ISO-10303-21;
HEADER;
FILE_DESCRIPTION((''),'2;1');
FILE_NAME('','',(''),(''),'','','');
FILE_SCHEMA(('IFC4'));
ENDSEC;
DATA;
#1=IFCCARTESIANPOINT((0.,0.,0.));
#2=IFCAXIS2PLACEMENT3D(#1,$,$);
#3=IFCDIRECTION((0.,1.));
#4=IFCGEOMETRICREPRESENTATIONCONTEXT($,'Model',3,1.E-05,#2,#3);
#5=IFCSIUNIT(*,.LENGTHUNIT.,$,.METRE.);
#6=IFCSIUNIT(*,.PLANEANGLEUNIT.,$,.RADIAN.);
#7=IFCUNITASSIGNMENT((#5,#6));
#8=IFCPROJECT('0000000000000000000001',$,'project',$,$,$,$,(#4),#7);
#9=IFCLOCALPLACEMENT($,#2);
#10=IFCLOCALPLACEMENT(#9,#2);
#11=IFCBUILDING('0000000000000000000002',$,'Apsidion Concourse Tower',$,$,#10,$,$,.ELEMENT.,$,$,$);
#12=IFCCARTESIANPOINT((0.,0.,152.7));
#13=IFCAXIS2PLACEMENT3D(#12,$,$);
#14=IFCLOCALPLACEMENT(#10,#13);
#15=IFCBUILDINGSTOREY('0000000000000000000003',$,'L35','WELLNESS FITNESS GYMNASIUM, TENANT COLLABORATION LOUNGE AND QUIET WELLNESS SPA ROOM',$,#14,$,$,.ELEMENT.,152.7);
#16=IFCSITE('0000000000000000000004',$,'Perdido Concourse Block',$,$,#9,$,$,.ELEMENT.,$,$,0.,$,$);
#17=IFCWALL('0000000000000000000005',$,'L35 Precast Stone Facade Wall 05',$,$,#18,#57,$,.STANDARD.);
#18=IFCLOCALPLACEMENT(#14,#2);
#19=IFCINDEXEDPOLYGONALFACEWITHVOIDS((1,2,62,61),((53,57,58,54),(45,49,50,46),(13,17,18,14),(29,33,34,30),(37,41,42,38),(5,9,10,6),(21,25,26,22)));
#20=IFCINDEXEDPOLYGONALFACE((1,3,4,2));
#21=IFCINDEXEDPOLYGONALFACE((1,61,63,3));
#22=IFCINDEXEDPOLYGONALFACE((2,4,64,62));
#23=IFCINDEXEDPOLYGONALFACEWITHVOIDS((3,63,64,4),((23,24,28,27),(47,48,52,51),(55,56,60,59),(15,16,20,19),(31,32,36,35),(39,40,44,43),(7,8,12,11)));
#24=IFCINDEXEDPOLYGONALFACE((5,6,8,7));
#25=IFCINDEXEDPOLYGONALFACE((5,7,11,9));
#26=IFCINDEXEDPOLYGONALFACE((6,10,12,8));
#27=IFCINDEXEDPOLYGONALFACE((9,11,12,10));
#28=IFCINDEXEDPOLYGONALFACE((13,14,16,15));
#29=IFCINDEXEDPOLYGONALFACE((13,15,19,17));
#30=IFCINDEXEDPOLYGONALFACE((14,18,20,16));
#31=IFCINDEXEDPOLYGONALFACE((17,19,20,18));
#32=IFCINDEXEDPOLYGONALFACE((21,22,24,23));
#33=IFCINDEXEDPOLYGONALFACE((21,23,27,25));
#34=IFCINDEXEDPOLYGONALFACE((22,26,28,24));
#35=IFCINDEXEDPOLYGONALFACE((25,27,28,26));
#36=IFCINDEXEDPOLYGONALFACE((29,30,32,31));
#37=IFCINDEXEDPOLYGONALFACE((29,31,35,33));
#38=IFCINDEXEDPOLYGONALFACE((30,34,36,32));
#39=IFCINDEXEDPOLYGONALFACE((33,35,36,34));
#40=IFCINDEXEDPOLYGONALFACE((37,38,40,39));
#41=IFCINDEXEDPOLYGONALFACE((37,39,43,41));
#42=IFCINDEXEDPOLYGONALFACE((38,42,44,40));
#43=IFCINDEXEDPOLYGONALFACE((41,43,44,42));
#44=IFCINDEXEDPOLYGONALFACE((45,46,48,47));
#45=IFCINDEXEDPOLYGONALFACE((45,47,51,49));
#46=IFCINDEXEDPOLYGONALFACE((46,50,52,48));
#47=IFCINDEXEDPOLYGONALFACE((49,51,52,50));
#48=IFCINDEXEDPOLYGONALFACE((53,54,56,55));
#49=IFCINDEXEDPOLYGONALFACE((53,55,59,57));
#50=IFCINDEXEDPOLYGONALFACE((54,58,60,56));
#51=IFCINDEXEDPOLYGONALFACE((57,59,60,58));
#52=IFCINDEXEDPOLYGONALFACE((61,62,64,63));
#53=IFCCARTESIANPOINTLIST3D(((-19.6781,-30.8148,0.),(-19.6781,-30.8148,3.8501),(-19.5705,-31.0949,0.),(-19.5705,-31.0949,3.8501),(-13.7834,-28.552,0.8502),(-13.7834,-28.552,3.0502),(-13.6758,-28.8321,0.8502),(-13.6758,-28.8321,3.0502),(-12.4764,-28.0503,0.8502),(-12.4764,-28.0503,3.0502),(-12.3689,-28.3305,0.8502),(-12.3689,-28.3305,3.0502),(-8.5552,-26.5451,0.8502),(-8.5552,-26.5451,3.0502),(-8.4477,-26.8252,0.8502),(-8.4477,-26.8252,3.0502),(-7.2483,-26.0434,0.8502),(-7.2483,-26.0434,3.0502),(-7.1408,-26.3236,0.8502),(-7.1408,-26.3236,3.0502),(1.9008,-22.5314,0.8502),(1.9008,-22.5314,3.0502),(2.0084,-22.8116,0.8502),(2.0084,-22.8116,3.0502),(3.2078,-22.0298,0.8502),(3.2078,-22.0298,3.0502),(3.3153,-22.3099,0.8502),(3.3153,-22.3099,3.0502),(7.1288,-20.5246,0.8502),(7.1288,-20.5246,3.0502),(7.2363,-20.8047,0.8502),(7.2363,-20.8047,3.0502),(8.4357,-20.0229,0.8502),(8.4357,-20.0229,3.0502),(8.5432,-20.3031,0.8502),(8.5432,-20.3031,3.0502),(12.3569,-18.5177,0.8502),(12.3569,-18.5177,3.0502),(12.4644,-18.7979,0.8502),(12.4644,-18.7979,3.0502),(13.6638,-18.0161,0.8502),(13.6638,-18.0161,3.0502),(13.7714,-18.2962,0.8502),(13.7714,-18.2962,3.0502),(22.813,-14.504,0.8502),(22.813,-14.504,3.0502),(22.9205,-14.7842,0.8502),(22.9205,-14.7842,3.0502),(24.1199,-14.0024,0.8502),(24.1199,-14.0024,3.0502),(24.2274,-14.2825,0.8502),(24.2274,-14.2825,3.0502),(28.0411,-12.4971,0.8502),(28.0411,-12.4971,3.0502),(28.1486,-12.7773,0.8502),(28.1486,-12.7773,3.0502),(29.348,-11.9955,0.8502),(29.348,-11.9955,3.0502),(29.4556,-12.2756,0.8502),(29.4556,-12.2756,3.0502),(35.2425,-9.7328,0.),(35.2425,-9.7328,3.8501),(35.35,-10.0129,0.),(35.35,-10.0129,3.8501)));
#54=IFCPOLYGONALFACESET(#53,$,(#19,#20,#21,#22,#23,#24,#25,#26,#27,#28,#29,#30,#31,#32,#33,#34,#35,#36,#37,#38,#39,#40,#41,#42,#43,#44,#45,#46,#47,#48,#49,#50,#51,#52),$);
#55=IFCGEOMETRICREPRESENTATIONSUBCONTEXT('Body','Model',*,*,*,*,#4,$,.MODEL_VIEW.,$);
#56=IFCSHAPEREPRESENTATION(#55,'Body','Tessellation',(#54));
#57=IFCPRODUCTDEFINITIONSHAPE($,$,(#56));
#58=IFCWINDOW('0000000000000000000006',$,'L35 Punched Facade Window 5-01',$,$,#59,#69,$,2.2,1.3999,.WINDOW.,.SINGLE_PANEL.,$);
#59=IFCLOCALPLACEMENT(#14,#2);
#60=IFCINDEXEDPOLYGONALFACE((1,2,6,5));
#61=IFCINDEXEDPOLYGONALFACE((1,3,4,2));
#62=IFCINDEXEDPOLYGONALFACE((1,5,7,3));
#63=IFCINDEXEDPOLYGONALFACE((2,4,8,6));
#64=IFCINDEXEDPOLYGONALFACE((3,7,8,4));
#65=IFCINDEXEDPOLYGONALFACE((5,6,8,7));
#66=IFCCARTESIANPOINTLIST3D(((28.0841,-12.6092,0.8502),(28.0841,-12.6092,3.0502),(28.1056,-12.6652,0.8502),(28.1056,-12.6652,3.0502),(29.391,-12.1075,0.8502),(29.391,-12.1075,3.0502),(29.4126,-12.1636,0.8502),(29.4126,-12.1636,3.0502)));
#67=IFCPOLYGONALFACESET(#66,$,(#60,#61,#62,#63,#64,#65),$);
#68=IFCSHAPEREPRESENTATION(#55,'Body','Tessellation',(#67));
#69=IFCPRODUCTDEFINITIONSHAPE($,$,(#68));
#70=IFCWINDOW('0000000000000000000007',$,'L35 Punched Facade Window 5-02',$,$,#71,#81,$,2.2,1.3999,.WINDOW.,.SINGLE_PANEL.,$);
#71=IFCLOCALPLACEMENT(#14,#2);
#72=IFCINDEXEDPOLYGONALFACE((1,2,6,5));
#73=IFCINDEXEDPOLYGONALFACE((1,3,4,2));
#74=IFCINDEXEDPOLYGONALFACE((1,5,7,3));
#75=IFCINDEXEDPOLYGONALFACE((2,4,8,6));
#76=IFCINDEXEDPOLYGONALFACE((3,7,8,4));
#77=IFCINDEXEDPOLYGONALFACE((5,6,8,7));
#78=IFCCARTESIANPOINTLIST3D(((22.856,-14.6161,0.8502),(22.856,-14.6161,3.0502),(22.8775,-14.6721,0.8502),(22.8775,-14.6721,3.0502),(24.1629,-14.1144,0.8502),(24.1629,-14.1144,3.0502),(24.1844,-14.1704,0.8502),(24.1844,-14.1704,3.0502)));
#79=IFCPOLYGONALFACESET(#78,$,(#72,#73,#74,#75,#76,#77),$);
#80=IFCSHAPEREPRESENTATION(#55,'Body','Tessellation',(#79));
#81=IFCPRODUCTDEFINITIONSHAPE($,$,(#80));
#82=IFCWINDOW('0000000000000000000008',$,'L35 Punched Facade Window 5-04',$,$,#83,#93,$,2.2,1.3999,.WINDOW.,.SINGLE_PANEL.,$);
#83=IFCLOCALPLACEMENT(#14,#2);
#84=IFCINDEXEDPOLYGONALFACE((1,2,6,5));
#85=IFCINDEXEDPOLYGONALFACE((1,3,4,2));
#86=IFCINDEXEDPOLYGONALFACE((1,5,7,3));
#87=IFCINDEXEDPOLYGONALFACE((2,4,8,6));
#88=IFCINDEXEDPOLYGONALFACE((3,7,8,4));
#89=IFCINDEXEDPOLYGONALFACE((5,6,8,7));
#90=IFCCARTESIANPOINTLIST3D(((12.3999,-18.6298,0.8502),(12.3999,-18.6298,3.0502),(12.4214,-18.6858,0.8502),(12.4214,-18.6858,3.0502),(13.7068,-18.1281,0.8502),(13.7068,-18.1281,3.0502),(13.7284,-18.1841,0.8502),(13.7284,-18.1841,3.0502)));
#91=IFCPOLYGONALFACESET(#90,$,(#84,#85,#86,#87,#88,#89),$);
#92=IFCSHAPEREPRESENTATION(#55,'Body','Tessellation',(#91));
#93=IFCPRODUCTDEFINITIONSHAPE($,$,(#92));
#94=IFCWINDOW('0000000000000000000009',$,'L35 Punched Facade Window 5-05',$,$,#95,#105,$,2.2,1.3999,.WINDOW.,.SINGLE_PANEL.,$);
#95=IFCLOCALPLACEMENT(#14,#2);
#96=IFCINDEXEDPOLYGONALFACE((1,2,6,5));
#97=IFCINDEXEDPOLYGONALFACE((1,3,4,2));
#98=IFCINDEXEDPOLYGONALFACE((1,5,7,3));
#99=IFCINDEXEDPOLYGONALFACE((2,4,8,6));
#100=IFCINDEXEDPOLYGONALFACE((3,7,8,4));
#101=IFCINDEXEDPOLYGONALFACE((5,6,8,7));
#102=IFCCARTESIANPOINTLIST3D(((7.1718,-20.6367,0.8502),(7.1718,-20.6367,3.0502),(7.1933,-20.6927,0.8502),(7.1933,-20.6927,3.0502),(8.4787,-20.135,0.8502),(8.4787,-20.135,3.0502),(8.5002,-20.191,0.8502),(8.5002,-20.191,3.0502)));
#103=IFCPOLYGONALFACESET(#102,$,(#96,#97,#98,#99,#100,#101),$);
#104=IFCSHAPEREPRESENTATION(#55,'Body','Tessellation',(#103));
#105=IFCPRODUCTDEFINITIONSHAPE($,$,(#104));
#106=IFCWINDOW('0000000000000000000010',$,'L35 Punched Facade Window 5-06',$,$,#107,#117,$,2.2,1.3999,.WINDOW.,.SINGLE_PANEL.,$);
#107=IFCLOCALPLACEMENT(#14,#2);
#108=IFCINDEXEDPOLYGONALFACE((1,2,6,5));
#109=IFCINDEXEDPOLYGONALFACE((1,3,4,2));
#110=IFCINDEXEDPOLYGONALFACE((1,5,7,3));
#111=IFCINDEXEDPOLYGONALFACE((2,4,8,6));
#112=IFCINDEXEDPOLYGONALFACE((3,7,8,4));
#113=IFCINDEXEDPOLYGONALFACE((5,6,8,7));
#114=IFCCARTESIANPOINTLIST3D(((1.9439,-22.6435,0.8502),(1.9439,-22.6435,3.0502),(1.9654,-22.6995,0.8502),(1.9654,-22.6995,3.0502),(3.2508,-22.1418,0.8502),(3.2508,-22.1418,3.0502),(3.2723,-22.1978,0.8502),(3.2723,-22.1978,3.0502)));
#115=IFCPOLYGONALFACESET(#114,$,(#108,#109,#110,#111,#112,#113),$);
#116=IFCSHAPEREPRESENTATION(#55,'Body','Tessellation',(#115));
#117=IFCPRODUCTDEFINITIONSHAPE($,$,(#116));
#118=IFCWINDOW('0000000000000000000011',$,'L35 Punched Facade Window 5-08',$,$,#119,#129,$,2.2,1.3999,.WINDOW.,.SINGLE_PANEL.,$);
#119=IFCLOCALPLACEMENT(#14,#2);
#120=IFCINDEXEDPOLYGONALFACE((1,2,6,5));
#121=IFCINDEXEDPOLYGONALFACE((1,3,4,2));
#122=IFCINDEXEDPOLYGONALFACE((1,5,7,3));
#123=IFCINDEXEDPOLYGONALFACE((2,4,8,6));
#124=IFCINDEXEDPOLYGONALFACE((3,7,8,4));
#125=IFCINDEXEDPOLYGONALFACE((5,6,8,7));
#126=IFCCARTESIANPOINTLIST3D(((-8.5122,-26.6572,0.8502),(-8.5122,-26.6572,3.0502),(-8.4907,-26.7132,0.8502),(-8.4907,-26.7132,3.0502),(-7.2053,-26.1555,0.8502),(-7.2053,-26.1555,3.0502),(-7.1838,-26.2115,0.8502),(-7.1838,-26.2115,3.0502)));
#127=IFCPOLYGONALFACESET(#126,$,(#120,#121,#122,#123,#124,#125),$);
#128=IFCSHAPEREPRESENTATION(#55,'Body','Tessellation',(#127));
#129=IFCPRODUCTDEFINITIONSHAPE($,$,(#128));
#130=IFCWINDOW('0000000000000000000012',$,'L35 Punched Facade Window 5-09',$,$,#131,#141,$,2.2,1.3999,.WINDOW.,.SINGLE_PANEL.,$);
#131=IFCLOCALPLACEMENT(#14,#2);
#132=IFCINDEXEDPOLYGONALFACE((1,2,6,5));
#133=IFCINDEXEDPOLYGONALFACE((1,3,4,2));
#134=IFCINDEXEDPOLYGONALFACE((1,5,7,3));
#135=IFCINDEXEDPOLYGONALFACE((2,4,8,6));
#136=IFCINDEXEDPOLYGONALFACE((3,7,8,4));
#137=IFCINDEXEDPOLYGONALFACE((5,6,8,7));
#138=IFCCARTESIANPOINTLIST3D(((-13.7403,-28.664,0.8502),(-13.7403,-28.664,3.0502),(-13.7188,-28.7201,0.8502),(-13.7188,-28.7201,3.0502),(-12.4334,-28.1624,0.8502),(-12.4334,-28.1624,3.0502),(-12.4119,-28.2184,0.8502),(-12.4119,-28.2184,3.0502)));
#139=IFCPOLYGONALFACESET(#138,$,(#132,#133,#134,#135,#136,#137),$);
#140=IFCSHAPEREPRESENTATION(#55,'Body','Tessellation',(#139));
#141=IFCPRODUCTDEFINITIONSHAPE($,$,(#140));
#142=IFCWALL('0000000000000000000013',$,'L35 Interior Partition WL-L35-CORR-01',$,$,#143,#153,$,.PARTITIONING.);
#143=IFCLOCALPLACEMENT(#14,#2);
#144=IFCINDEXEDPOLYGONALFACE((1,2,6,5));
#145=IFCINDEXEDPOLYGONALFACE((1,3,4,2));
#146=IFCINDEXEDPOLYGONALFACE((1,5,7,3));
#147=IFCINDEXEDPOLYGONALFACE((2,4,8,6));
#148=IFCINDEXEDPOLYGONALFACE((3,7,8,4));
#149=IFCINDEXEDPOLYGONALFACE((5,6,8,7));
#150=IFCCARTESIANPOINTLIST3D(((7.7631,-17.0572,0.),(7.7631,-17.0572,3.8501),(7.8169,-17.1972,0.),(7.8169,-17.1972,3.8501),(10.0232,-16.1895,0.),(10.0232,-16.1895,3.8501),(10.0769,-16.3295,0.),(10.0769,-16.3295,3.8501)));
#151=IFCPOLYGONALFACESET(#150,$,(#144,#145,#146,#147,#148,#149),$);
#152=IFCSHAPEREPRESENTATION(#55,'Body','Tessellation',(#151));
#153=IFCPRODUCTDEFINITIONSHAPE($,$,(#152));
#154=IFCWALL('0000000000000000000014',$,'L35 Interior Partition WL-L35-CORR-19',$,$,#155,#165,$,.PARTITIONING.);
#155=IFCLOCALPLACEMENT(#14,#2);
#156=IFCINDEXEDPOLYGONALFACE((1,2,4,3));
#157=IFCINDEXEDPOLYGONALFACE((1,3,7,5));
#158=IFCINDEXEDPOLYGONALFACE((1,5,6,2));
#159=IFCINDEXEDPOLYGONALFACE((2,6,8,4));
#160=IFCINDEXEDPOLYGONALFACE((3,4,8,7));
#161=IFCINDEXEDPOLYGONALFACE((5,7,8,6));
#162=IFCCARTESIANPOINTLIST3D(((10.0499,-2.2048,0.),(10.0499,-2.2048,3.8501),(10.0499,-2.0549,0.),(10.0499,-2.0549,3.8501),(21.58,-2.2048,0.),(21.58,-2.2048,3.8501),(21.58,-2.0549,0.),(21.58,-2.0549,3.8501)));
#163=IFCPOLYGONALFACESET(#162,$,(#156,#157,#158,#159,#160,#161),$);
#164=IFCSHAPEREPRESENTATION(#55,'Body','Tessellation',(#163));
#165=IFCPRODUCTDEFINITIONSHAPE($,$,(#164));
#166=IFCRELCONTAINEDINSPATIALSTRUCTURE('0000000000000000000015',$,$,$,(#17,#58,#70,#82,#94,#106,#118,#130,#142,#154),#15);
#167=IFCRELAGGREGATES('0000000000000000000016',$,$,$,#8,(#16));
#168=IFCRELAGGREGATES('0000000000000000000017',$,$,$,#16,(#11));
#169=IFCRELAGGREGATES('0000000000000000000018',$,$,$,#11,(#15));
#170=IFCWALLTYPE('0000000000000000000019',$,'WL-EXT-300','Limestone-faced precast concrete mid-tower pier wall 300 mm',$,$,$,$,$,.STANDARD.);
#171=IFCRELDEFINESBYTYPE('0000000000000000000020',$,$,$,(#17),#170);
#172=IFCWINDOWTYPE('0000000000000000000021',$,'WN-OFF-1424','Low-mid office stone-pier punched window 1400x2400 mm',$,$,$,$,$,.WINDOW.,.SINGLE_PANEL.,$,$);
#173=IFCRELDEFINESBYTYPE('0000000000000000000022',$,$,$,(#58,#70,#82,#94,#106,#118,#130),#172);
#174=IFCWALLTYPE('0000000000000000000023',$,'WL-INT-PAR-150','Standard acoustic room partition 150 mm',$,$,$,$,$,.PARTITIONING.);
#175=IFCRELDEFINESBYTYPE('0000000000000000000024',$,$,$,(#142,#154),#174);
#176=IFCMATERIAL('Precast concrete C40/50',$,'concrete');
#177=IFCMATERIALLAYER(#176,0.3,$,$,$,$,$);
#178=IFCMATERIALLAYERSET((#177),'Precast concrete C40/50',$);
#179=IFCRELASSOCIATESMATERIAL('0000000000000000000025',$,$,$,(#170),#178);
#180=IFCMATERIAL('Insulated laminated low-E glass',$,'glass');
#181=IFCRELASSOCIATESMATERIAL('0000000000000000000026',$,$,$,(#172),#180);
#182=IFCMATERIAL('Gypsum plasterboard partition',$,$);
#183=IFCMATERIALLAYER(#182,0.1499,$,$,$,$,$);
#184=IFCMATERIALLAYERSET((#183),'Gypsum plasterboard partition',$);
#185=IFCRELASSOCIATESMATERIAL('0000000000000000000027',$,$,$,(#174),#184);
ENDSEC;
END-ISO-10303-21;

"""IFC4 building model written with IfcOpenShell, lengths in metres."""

from ifc_helpers import new_model, si_unit, direction, frame, frame_2d, origin, place, context, subcontext, project, spatial, rectangle, extrude, material, layer, layer_set, type_object, element, fill, save


model = new_model("IFC4")

# Units and contexts
model_context = context("Model", 3, precision=1e-05, world=origin(), true_north=direction((0.0, 1.0)))
body_context = subcontext(model_context, "Body", "Model", "MODEL_VIEW")
ifc_project = project(units=[si_unit("LENGTHUNIT", "METRE"), si_unit("PLANEANGLEUNIT", "RADIAN")], contexts=[model_context])

# Site, building, storey
site_placement = place(None, origin())
site = spatial("IfcSite", under=ifc_project, at=site_placement, Name="Perdido Concourse Block", CompositionType="ELEMENT", RefElevation=0.0)
building_placement = place(site_placement, origin())
building = spatial("IfcBuilding", under=site, at=building_placement, Name="Apsidion Concourse Tower", CompositionType="ELEMENT")
storey_placement = place(building_placement, frame((0.0, 0.0, 152.7)))
storey = spatial("IfcBuildingStorey", under=building, at=storey_placement, Name="L35", Description="WELLNESS FITNESS GYMNASIUM, TENANT COLLABORATION LOUNGE AND QUIET WELLNESS SPA ROOM", CompositionType="ELEMENT", Elevation=152.7)

# Shared definitions
ifc_material_1 = material(Name="Precast concrete C40/50", Category="concrete")
ifc_layer_1 = layer(ifc_material_1, 0.3)
ifc_layer_set_1 = layer_set([ifc_layer_1], Name="Precast concrete C40/50")
wall_type_1 = type_object("IfcWallType", Name="WL-EXT-300", Description="Limestone-faced precast concrete mid-tower pier wall 300 mm", PredefinedType="STANDARD", material=ifc_layer_set_1)

# Wall, openings, windows
wall_1_placement = place(storey_placement, frame((35.2964, -9.8728, 0.0), z_axis=(0.0, 0.0, 1.0), x_axis=(-0.933581, -0.358367, 0.0)))
wall_1 = element("IfcWall", 1, at=wall_1_placement, inside=storey, type_object=wall_type_1, Name="L35 Precast Stone Facade Wall 05", PredefinedType="STANDARD", context=body_context, shape_type="SweptSolid", body=[
    extrude(rectangle(XDim=58.8279, YDim=0.3, at=frame_2d((29.4141, 0.0))), origin(), (0.0, 0.0, 1.0), 3.8501),
])
opening_1_placement = place(wall_1_placement, frame((6.314, 0.0, 0.8501)))
opening_1 = element("IfcOpeningElement", 2, at=opening_1_placement, cuts=wall_1, PredefinedType="OPENING", context=body_context, shape_type="SweptSolid", body=[
    extrude(rectangle(XDim=1.3999, YDim=2.2, at=frame_2d((0.7, 1.1001))), frame((0.0, 0.1602, 0.0), z_axis=(0.0, -1.0, 0.0), x_axis=(1.0, 0.0, 0.0)), (0.0, 0.0, 1.0), 0.3201),
])
opening_2_placement = place(wall_1_placement, frame((11.9141, 0.0, 0.8501)))
opening_2 = element("IfcOpeningElement", 3, at=opening_2_placement, cuts=wall_1, PredefinedType="OPENING", context=body_context, shape_type="SweptSolid", body=[
    extrude(rectangle(XDim=1.3999, YDim=2.2, at=frame_2d((0.7, 1.1001))), frame((0.0, 0.1602, 0.0), z_axis=(0.0, -1.0, 0.0), x_axis=(1.0, 0.0, 0.0)), (0.0, 0.0, 1.0), 0.3201),
])
opening_3_placement = place(wall_1_placement, frame((23.114, 0.0, 0.8501)))
opening_3 = element("IfcOpeningElement", 4, at=opening_3_placement, cuts=wall_1, PredefinedType="OPENING", context=body_context, shape_type="SweptSolid", body=[
    extrude(rectangle(XDim=1.3999, YDim=2.2, at=frame_2d((0.7, 1.1001))), frame((0.0, 0.1602, 0.0), z_axis=(0.0, -1.0, 0.0), x_axis=(1.0, 0.0, 0.0)), (0.0, 0.0, 1.0), 0.3201),
])
opening_4_placement = place(wall_1_placement, frame((28.7141, 0.0, 0.8501)))
opening_4 = element("IfcOpeningElement", 5, at=opening_4_placement, cuts=wall_1, PredefinedType="OPENING", context=body_context, shape_type="SweptSolid", body=[
    extrude(rectangle(XDim=1.3999, YDim=2.2, at=frame_2d((0.7, 1.1001))), frame((0.0, 0.1602, 0.0), z_axis=(0.0, -1.0, 0.0), x_axis=(1.0, 0.0, 0.0)), (0.0, 0.0, 1.0), 0.3201),
])
opening_5_placement = place(wall_1_placement, frame((34.314, 0.0, 0.8501)))
opening_5 = element("IfcOpeningElement", 6, at=opening_5_placement, cuts=wall_1, PredefinedType="OPENING", context=body_context, shape_type="SweptSolid", body=[
    extrude(rectangle(XDim=1.3999, YDim=2.2, at=frame_2d((0.7, 1.1001))), frame((0.0, 0.1602, 0.0), z_axis=(0.0, -1.0, 0.0), x_axis=(1.0, 0.0, 0.0)), (0.0, 0.0, 1.0), 0.3201),
])
opening_6_placement = place(wall_1_placement, frame((45.5139, 0.0, 0.8501)))
opening_6 = element("IfcOpeningElement", 7, at=opening_6_placement, cuts=wall_1, PredefinedType="OPENING", context=body_context, shape_type="SweptSolid", body=[
    extrude(rectangle(XDim=1.3999, YDim=2.2, at=frame_2d((0.7, 1.1001))), frame((0.0, 0.1602, 0.0), z_axis=(0.0, -1.0, 0.0), x_axis=(1.0, 0.0, 0.0)), (0.0, 0.0, 1.0), 0.3201),
])
opening_7_placement = place(wall_1_placement, frame((51.114, 0.0, 0.8501)))
opening_7 = element("IfcOpeningElement", 8, at=opening_7_placement, cuts=wall_1, PredefinedType="OPENING", context=body_context, shape_type="SweptSolid", body=[
    extrude(rectangle(XDim=1.3999, YDim=2.2, at=frame_2d((0.7, 1.1001))), frame((0.0, 0.1602, 0.0), z_axis=(0.0, -1.0, 0.0), x_axis=(1.0, 0.0, 0.0)), (0.0, 0.0, 1.0), 0.3201),
])
ifc_material_2 = material(Name="Insulated laminated low-E glass", Category="glass")
window_type = type_object("IfcWindowType", Name="WN-OFF-1424", Description="Low-mid office stone-pier punched window 1400x2400 mm", PartitioningType="SINGLE_PANEL", PredefinedType="WINDOW", material=ifc_material_2)
window_1_placement = place(opening_1_placement, origin())
window_1 = element("IfcWindow", 9, at=window_1_placement, inside=storey, type_object=window_type, Name="L35 Punched Facade Window 5-01", OverallHeight=2.2, OverallWidth=1.3999, PartitioningType="SINGLE_PANEL", PredefinedType="WINDOW", context=body_context, shape_type="SweptSolid", body=[
    extrude(rectangle(XDim=1.3999, YDim=2.2, at=frame_2d((0.7, 1.1001))), frame((0.0, 0.03, 0.0), z_axis=(0.0, -1.0, 0.0), x_axis=(1.0, 0.0, 0.0)), (0.0, 0.0, 1.0), 0.0601),
])
fill(opening_1, window_1)
window_2_placement = place(opening_2_placement, origin())
window_2 = element("IfcWindow", 10, at=window_2_placement, inside=storey, type_object=window_type, Name="L35 Punched Facade Window 5-02", OverallHeight=2.2, OverallWidth=1.3999, PartitioningType="SINGLE_PANEL", PredefinedType="WINDOW", context=body_context, shape_type="SweptSolid", body=[
    extrude(rectangle(XDim=1.3999, YDim=2.2, at=frame_2d((0.7, 1.1001))), frame((0.0, 0.03, 0.0), z_axis=(0.0, -1.0, 0.0), x_axis=(1.0, 0.0, 0.0)), (0.0, 0.0, 1.0), 0.0601),
])
fill(opening_2, window_2)
window_3_placement = place(opening_3_placement, origin())
window_3 = element("IfcWindow", 11, at=window_3_placement, inside=storey, type_object=window_type, Name="L35 Punched Facade Window 5-04", OverallHeight=2.2, OverallWidth=1.3999, PartitioningType="SINGLE_PANEL", PredefinedType="WINDOW", context=body_context, shape_type="SweptSolid", body=[
    extrude(rectangle(XDim=1.3999, YDim=2.2, at=frame_2d((0.7, 1.1001))), frame((0.0, 0.03, 0.0), z_axis=(0.0, -1.0, 0.0), x_axis=(1.0, 0.0, 0.0)), (0.0, 0.0, 1.0), 0.0601),
])
fill(opening_3, window_3)
window_4_placement = place(opening_4_placement, origin())
window_4 = element("IfcWindow", 12, at=window_4_placement, inside=storey, type_object=window_type, Name="L35 Punched Facade Window 5-05", OverallHeight=2.2, OverallWidth=1.3999, PartitioningType="SINGLE_PANEL", PredefinedType="WINDOW", context=body_context, shape_type="SweptSolid", body=[
    extrude(rectangle(XDim=1.3999, YDim=2.2, at=frame_2d((0.7, 1.1001))), frame((0.0, 0.03, 0.0), z_axis=(0.0, -1.0, 0.0), x_axis=(1.0, 0.0, 0.0)), (0.0, 0.0, 1.0), 0.0601),
])
fill(opening_4, window_4)
window_5_placement = place(opening_5_placement, origin())
window_5 = element("IfcWindow", 13, at=window_5_placement, inside=storey, type_object=window_type, Name="L35 Punched Facade Window 5-06", OverallHeight=2.2, OverallWidth=1.3999, PartitioningType="SINGLE_PANEL", PredefinedType="WINDOW", context=body_context, shape_type="SweptSolid", body=[
    extrude(rectangle(XDim=1.3999, YDim=2.2, at=frame_2d((0.7, 1.1001))), frame((0.0, 0.03, 0.0), z_axis=(0.0, -1.0, 0.0), x_axis=(1.0, 0.0, 0.0)), (0.0, 0.0, 1.0), 0.0601),
])
fill(opening_5, window_5)
window_6_placement = place(opening_6_placement, origin())
window_6 = element("IfcWindow", 14, at=window_6_placement, inside=storey, type_object=window_type, Name="L35 Punched Facade Window 5-08", OverallHeight=2.2, OverallWidth=1.3999, PartitioningType="SINGLE_PANEL", PredefinedType="WINDOW", context=body_context, shape_type="SweptSolid", body=[
    extrude(rectangle(XDim=1.3999, YDim=2.2, at=frame_2d((0.7, 1.1001))), frame((0.0, 0.03, 0.0), z_axis=(0.0, -1.0, 0.0), x_axis=(1.0, 0.0, 0.0)), (0.0, 0.0, 1.0), 0.0601),
])
fill(opening_6, window_6)
window_7_placement = place(opening_7_placement, origin())
window_7 = element("IfcWindow", 15, at=window_7_placement, inside=storey, type_object=window_type, Name="L35 Punched Facade Window 5-09", OverallHeight=2.2, OverallWidth=1.3999, PartitioningType="SINGLE_PANEL", PredefinedType="WINDOW", context=body_context, shape_type="SweptSolid", body=[
    extrude(rectangle(XDim=1.3999, YDim=2.2, at=frame_2d((0.7, 1.1001))), frame((0.0, 0.03, 0.0), z_axis=(0.0, -1.0, 0.0), x_axis=(1.0, 0.0, 0.0)), (0.0, 0.0, 1.0), 0.0601),
])
fill(opening_7, window_7)

# Walls
ifc_material_3 = material(Name="Gypsum plasterboard partition")
ifc_layer_2 = layer(ifc_material_3, 0.1499)
ifc_layer_set_2 = layer_set([ifc_layer_2], Name="Gypsum plasterboard partition")
wall_type_2 = type_object("IfcWallType", Name="WL-INT-PAR-150", Description="Standard acoustic room partition 150 mm", PredefinedType="PARTITIONING", material=ifc_layer_set_2)
wall_2_placement = place(storey_placement, frame((10.05, -16.2595, 0.0), z_axis=(0.0, 0.0, 1.0), x_axis=(-0.933561, -0.358418, 0.0)))
element("IfcWall", 16, at=wall_2_placement, inside=storey, type_object=wall_type_2, Name="L35 Interior Partition WL-L35-CORR-01", PredefinedType="PARTITIONING", context=body_context, shape_type="SweptSolid", body=[
    extrude(rectangle(XDim=2.4209, YDim=0.1499, at=frame_2d((1.2104, 0.0))), origin(), (0.0, 0.0, 1.0), 3.8501),
])
wall_3_placement = place(storey_placement, frame((21.5801, -2.1299, 0.0), z_axis=(0.0, 0.0, 1.0), x_axis=(-1.0, 0.0, 0.0)))
element("IfcWall", 17, at=wall_3_placement, inside=storey, type_object=wall_type_2, Name="L35 Interior Partition WL-L35-CORR-19", PredefinedType="PARTITIONING", context=body_context, shape_type="SweptSolid", body=[
    extrude(rectangle(XDim=11.53, YDim=0.1499, at=frame_2d((5.7651, 0.0))), origin(), (0.0, 0.0, 1.0), 3.8501),
])

save(model, "model.ifc")
